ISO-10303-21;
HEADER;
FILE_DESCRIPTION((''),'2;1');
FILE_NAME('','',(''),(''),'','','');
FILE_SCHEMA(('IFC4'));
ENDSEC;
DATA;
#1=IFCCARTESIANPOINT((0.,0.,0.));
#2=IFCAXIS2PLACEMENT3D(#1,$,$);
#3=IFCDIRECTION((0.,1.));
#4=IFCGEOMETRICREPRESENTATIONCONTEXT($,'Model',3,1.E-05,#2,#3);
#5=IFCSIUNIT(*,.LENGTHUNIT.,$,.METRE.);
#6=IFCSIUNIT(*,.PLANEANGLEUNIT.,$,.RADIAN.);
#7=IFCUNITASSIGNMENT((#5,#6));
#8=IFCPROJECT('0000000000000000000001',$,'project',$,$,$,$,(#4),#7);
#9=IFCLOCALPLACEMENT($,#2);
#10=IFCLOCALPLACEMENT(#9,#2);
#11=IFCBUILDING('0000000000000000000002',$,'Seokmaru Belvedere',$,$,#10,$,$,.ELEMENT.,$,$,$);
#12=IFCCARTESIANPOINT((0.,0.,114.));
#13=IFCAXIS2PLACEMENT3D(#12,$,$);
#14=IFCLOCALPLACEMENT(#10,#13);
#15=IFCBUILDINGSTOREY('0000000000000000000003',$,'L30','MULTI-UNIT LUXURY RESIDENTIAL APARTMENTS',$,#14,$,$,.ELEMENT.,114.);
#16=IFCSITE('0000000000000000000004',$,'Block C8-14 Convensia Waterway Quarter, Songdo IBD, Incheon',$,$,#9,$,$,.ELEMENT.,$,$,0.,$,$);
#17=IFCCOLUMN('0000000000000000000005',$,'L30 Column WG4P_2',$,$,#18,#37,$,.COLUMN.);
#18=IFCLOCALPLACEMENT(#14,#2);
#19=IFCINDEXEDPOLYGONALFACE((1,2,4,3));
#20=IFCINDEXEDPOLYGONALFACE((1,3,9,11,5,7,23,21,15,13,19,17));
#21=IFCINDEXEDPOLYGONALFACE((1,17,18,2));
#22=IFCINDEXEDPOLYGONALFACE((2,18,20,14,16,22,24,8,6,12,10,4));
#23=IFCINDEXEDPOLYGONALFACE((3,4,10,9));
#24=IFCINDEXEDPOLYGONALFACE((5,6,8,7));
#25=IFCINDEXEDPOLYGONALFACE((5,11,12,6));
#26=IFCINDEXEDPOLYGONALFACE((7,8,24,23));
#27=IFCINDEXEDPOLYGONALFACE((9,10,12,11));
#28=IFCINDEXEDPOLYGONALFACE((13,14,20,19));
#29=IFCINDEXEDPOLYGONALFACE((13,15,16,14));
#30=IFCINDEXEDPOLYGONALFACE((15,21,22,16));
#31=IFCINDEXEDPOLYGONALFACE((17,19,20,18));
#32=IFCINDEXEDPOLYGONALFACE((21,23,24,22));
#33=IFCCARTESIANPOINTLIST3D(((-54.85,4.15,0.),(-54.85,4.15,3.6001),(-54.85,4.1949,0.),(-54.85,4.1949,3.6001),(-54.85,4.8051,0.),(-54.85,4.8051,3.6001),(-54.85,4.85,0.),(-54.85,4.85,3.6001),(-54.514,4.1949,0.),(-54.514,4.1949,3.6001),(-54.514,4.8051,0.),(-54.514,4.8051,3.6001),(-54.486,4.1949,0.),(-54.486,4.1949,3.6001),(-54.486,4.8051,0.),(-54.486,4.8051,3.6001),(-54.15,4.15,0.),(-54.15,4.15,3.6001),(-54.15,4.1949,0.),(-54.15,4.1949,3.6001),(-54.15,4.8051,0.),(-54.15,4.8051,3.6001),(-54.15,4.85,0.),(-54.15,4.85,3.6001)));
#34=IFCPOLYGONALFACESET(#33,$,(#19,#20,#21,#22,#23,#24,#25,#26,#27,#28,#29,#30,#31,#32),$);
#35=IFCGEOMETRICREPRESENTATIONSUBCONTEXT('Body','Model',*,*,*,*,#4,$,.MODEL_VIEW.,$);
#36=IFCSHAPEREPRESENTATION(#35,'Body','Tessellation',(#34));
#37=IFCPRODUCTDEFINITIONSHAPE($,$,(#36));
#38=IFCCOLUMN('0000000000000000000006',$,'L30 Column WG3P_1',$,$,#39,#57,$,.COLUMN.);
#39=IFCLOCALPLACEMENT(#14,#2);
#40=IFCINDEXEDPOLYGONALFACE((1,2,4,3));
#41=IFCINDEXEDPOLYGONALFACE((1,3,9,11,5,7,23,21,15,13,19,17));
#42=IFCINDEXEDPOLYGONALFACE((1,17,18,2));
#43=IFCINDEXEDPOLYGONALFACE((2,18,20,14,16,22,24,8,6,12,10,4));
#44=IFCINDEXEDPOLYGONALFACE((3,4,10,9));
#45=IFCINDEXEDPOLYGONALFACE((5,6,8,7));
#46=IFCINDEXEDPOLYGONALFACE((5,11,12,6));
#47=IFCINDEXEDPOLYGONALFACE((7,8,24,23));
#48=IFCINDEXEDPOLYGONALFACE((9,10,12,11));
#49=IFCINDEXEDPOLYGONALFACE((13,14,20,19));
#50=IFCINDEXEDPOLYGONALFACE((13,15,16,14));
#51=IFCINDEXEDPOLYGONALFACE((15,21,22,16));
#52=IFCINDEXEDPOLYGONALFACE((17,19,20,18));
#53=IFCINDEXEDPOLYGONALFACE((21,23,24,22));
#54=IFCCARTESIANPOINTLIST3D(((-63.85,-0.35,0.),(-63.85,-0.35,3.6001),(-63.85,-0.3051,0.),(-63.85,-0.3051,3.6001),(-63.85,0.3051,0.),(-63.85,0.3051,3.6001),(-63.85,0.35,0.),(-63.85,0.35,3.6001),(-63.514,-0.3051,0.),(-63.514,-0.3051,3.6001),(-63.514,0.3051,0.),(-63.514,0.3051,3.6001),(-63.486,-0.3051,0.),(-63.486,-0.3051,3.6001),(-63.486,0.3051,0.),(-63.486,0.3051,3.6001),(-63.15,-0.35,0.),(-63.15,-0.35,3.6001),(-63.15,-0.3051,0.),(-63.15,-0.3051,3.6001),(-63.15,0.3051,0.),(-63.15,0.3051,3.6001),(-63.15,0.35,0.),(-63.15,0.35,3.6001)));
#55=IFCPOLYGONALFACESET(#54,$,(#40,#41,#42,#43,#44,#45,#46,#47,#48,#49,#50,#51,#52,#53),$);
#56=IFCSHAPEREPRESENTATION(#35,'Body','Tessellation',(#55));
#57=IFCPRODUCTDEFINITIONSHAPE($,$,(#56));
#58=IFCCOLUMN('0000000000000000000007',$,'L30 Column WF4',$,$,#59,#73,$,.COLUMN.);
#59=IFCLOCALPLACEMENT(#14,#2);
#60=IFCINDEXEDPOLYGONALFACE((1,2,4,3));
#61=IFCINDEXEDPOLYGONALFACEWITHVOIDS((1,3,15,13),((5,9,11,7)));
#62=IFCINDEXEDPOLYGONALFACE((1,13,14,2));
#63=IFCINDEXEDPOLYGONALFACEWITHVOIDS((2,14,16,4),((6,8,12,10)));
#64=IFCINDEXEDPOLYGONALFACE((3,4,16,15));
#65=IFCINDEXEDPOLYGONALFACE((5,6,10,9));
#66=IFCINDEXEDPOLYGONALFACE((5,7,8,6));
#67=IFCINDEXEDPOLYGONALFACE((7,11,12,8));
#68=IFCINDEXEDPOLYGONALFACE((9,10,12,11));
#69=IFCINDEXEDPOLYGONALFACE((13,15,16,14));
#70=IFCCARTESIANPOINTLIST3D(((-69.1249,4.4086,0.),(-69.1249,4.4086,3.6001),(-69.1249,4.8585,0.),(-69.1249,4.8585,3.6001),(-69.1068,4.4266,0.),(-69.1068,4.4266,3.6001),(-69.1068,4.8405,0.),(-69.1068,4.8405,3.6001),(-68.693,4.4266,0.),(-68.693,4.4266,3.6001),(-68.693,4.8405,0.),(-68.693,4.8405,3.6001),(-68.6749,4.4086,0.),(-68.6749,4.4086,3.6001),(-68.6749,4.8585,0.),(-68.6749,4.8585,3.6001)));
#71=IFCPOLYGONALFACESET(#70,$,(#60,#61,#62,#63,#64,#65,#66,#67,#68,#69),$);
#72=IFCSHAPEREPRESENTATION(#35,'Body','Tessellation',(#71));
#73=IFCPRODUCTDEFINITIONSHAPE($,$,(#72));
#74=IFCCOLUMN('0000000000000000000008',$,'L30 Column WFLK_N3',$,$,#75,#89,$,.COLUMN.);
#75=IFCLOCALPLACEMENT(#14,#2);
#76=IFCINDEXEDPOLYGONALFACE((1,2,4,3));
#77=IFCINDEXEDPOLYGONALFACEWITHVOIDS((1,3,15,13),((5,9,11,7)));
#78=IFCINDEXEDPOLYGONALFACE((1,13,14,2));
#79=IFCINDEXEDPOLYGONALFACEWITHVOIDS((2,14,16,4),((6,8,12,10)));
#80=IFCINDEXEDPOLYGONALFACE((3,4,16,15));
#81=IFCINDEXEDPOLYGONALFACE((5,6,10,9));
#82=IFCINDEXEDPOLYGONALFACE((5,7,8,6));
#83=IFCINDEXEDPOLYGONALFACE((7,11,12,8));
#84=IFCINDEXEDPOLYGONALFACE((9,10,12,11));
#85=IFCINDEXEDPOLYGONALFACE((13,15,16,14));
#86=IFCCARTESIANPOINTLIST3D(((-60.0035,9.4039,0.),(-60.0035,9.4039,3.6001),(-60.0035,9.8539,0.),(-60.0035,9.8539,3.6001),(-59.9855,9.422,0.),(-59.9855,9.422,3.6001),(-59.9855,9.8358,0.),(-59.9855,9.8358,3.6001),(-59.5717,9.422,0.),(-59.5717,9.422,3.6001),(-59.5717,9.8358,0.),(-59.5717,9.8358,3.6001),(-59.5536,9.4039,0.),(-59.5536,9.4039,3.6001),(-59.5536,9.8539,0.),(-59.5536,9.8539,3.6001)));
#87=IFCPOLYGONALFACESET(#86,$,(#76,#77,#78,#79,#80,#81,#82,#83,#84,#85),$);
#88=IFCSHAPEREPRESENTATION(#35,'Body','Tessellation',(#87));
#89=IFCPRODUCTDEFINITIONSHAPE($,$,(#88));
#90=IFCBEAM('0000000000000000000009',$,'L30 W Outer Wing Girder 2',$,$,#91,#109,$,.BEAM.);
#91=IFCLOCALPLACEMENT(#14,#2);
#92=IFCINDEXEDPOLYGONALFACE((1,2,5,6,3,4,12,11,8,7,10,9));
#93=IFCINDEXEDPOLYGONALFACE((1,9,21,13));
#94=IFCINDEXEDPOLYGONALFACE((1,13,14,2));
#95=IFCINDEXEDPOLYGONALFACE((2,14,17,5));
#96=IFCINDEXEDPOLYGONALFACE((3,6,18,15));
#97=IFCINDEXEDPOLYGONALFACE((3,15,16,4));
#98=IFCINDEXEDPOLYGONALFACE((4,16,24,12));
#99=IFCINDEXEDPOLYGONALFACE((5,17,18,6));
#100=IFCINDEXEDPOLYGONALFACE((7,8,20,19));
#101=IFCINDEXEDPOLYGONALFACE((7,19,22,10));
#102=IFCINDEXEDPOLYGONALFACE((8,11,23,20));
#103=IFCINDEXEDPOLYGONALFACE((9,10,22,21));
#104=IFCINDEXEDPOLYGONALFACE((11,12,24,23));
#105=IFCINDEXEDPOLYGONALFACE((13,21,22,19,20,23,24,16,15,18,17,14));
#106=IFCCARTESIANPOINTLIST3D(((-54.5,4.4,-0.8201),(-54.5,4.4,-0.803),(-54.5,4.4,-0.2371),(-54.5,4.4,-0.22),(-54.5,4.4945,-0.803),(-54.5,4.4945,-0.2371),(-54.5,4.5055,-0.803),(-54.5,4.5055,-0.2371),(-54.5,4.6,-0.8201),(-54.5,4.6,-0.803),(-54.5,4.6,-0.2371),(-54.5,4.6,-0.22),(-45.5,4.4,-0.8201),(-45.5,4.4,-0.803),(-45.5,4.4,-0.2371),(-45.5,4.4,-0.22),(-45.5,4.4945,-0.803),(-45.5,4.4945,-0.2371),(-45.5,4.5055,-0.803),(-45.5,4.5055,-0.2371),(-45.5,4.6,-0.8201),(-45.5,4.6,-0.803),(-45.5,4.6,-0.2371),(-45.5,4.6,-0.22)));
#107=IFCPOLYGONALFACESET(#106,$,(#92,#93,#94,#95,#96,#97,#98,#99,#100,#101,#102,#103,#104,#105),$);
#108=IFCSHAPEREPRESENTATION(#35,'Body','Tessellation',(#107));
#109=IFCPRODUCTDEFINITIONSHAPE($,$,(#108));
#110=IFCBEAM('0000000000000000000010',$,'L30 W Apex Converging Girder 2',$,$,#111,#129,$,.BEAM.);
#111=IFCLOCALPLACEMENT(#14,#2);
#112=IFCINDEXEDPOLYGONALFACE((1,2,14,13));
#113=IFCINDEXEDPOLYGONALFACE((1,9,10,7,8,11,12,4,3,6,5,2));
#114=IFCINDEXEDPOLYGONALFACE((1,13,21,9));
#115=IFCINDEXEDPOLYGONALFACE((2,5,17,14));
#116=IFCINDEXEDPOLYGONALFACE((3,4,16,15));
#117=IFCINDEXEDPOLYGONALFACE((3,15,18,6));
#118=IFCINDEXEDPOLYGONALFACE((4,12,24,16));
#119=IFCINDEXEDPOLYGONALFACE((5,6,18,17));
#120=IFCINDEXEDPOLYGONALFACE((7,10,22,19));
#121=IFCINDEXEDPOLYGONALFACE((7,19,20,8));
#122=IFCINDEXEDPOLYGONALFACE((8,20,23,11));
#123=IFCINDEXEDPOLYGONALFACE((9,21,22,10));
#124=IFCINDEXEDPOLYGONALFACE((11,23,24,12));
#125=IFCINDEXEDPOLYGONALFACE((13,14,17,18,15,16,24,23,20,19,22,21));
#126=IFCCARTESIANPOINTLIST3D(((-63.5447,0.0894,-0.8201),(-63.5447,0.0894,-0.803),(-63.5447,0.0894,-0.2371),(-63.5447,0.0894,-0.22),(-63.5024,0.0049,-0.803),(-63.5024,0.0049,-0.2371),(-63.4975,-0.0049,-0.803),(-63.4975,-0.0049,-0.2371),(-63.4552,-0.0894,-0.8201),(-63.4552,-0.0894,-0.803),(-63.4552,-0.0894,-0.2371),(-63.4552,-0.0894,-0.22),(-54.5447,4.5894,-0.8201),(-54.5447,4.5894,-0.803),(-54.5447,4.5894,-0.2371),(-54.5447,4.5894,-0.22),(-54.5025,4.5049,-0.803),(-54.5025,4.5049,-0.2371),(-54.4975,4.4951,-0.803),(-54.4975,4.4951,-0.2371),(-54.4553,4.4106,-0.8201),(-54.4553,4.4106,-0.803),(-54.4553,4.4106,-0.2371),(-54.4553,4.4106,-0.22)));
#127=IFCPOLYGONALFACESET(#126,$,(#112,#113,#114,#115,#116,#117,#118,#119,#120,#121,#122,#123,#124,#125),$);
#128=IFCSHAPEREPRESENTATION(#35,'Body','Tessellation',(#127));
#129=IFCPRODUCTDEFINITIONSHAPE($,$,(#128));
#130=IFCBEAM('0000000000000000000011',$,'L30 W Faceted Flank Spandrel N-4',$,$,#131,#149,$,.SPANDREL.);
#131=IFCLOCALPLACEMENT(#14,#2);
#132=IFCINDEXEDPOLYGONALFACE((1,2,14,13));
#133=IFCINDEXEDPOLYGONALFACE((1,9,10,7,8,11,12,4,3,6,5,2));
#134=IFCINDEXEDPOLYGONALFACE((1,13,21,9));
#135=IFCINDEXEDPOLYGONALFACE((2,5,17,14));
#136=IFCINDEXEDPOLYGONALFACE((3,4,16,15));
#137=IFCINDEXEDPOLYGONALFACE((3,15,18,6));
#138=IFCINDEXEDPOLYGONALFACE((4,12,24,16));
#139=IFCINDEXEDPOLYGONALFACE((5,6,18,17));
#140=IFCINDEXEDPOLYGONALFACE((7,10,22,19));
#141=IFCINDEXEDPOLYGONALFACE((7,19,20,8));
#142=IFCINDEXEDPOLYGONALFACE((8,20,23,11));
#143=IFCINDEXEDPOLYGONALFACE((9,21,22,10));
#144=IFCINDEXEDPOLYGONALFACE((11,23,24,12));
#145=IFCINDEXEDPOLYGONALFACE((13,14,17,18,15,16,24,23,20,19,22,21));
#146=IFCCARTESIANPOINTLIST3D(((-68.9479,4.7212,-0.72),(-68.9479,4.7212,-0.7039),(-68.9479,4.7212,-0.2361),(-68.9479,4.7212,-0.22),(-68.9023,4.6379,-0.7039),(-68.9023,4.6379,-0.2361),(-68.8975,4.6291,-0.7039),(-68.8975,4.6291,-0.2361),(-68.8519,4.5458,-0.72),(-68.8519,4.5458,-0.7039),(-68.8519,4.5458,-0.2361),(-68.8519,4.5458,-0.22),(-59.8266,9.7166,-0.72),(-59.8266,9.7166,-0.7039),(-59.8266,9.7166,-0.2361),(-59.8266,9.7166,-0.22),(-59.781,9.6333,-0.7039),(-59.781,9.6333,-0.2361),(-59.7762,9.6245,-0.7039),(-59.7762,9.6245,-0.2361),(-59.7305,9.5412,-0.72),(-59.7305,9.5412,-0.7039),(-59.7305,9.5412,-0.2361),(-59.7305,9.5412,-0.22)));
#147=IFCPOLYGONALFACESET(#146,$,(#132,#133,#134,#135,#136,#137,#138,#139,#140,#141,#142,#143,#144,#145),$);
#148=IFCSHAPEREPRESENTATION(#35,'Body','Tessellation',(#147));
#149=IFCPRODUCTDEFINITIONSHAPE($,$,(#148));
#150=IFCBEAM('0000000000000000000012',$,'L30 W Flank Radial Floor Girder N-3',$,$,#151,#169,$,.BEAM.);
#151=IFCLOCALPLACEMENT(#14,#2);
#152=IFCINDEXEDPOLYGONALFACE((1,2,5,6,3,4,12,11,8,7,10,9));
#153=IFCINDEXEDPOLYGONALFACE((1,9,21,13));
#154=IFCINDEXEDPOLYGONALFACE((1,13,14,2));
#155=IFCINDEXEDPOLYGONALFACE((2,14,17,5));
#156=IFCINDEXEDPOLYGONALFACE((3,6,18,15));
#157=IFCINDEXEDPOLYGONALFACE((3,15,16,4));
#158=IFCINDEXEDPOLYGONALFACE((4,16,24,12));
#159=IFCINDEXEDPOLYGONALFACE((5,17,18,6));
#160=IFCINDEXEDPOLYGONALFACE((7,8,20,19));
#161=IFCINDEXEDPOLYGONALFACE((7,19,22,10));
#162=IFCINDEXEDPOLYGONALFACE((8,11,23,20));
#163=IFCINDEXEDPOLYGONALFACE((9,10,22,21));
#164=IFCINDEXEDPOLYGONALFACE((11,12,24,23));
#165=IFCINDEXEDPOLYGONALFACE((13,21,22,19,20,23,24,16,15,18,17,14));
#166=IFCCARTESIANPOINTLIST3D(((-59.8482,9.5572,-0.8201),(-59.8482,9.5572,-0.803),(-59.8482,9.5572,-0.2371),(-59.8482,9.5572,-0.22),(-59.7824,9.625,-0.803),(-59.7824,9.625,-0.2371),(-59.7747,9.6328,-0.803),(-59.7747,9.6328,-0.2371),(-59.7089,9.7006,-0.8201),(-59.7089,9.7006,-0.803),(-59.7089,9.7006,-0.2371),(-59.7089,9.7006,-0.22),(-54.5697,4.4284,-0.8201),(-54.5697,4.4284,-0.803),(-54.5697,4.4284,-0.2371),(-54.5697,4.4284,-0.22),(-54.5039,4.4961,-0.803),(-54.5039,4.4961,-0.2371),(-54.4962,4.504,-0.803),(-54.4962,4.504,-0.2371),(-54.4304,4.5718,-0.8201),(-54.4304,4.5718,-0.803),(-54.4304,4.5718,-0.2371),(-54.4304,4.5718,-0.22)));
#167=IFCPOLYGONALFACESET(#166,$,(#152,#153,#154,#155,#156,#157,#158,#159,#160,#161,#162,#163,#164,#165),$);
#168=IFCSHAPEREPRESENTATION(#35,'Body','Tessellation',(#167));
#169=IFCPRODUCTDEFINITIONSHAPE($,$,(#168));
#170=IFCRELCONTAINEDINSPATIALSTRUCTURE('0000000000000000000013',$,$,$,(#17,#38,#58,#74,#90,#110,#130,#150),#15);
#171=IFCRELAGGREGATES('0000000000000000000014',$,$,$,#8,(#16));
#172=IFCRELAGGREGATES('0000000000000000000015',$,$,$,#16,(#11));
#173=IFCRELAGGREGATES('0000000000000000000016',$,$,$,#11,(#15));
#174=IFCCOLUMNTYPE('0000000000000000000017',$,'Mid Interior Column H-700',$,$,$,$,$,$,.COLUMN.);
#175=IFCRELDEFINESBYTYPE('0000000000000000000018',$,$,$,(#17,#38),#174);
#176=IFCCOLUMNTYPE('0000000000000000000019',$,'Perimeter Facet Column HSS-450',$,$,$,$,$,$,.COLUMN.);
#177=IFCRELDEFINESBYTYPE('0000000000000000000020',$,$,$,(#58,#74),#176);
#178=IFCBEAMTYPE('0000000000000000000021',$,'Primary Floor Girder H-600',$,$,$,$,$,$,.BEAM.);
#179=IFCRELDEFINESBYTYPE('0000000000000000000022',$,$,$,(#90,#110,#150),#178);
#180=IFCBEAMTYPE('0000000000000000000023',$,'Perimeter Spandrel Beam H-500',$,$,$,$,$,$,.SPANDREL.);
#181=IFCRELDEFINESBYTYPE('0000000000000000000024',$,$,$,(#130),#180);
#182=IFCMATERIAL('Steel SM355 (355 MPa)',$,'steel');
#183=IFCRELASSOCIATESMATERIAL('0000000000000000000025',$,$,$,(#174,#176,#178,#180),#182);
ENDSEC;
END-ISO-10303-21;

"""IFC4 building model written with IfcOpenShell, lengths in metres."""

from ifc_helpers import new_model, si_unit, direction, frame, origin, origin_2d, place, context, subcontext, project, spatial, hollow_rectangle, i_section, extrude, source, transform, mapped, material, material_profile, profile_set, type_object, type_shapes, element, save


model = new_model("IFC4")

# Units and contexts
model_context = context("Model", 3, precision=1e-05, world=origin(), true_north=direction((0.0, 1.0)))
body_context = subcontext(model_context, "Body", "Model", "MODEL_VIEW")
ifc_project = project(units=[si_unit("LENGTHUNIT", "METRE"), si_unit("PLANEANGLEUNIT", "RADIAN")], contexts=[model_context])

# Site, building, storey
site_placement = place(None, origin())
site = spatial("IfcSite", under=ifc_project, at=site_placement, Name="Block C8-14 Convensia Waterway Quarter, Songdo IBD, Incheon", CompositionType="ELEMENT", RefElevation=0.0)
building_placement = place(site_placement, origin())
building = spatial("IfcBuilding", under=site, at=building_placement, Name="Seokmaru Belvedere", CompositionType="ELEMENT")
storey_placement = place(building_placement, frame((0.0, 0.0, 114.0)))
storey = spatial("IfcBuildingStorey", under=building, at=storey_placement, Name="L30", Description="MULTI-UNIT LUXURY RESIDENTIAL APARTMENTS", CompositionType="ELEMENT", Elevation=114.0)

# Columns
ifc_material_1 = material(Name="Steel SM355 (355 MPa)", Category="steel")
ifc_material_profile_1 = material_profile(ifc_material_1, i_section(OverallWidth=0.7, OverallDepth=0.7, WebThickness=0.0281, FlangeThickness=0.0449, at=origin_2d()), Name="H-700x700x28x45")
ifc_profile_set_1 = profile_set([ifc_material_profile_1], Name="Steel SM355 (355 MPa)")
column_type_1 = type_object("IfcColumnType", Name="Mid Interior Column H-700", PredefinedType="COLUMN", material=ifc_profile_set_1)
shared_shape_1 = source(origin(), body_context, "Body", "SweptSolid", [
    extrude(i_section(OverallWidth=0.7, OverallDepth=0.7, WebThickness=0.0281, FlangeThickness=0.0449, at=origin_2d()), origin(), (0.0, 0.0, 1.0), 3.6001),
])
type_shapes(column_type_1, [shared_shape_1])
for number, where, z_axis, x_axis, name in (
    (1, (-54.5, 4.5, 0.0), (0.0, 0.0, 1.0), (1.0, 0.0, 0.0), "L30 Column WG4P_2"),
    (2, (-63.5, 0.0, 0.0), (0.0, 0.0, 1.0), (1.0, 0.0, 0.0), "L30 Column WG3P_1"),
):
    element("IfcColumn", number, at=place(storey_placement, frame(where, z_axis=z_axis, x_axis=x_axis)), inside=storey, type_object=column_type_1, Name=name, PredefinedType="COLUMN", context=body_context, shape_type="MappedRepresentation", body=[
        mapped(shared_shape_1, transform((0.0, 0.0, 0.0), scale=1.0)),
    ])
ifc_material_profile_2 = material_profile(ifc_material_1, hollow_rectangle(XDim=0.45, YDim=0.45, WallThickness=0.0181, at=origin_2d()), Name="HSS-450x450x18")
ifc_profile_set_2 = profile_set([ifc_material_profile_2], Name="Steel SM355 (355 MPa)")
column_type_2 = type_object("IfcColumnType", Name="Perimeter Facet Column HSS-450", PredefinedType="COLUMN", material=ifc_profile_set_2)
shared_shape_2 = source(origin(), body_context, "Body", "SweptSolid", [
    extrude(hollow_rectangle(XDim=0.45, YDim=0.45, WallThickness=0.0181, at=origin_2d()), origin(), (0.0, 0.0, 1.0), 3.6001),
])
type_shapes(column_type_2, [shared_shape_2])
for number, where, z_axis, x_axis, name in (
    (3, (-68.8999, 4.6335, 0.0), (0.0, 0.0, 1.0), (1.0, 0.0, 0.0), "L30 Column WF4"),
    (4, (-59.7786, 9.6289, 0.0), (0.0, 0.0, 1.0), (1.0, 0.0, 0.0), "L30 Column WFLK_N3"),
):
    element("IfcColumn", number, at=place(storey_placement, frame(where, z_axis=z_axis, x_axis=x_axis)), inside=storey, type_object=column_type_2, Name=name, PredefinedType="COLUMN", context=body_context, shape_type="MappedRepresentation", body=[
        mapped(shared_shape_2, transform((0.0, 0.0, 0.0), scale=1.0)),
    ])

# Beams
ifc_material_profile_3 = material_profile(ifc_material_1, i_section(OverallWidth=0.2, OverallDepth=0.6001, WebThickness=0.011, FlangeThickness=0.0171, at=origin_2d()), Name="H-600x200x11x17")
ifc_profile_set_3 = profile_set([ifc_material_profile_3], Name="Steel SM355 (355 MPa)")
beam_type_1 = type_object("IfcBeamType", Name="Primary Floor Girder H-600", PredefinedType="BEAM", material=ifc_profile_set_3)
shared_shape_3 = source(origin(), body_context, "Body", "SweptSolid", [
    extrude(i_section(OverallWidth=0.2, OverallDepth=0.6001, WebThickness=0.011, FlangeThickness=0.0171, at=origin_2d()), origin(), (0.0, 0.0, 1.0), 9.0),
])
beam_1_placement = place(storey_placement, frame((-54.5, 4.5, -0.52), z_axis=(1.0, 0.0, 0.0), x_axis=(0.0, 1.0, 0.0)))
element("IfcBeam", 5, at=beam_1_placement, inside=storey, type_object=beam_type_1, Name="L30 W Outer Wing Girder 2", PredefinedType="BEAM", context=body_context, shape_type="MappedRepresentation", body=[
    mapped(shared_shape_3, transform((0.0, 0.0, 0.0), scale=1.0)),
])
shared_shape_4 = source(origin(), body_context, "Body", "SweptSolid", [
    extrude(i_section(OverallWidth=0.2, OverallDepth=0.6001, WebThickness=0.011, FlangeThickness=0.0171, at=origin_2d()), origin(), (0.0, 0.0, 1.0), 10.0623),
])
beam_2_placement = place(storey_placement, frame((-54.5, 4.5, -0.52), z_axis=(-0.894427, -0.447214, 0.0), x_axis=(0.447214, -0.894427, 0.0)))
element("IfcBeam", 6, at=beam_2_placement, inside=storey, type_object=beam_type_1, Name="L30 W Apex Converging Girder 2", PredefinedType="BEAM", context=body_context, shape_type="MappedRepresentation", body=[
    mapped(shared_shape_4, transform((0.0, 0.0, 0.0), scale=1.0)),
])
ifc_material_profile_4 = material_profile(ifc_material_1, i_section(OverallWidth=0.2, OverallDepth=0.5, WebThickness=0.01, FlangeThickness=0.0161, at=origin_2d()), Name="H-500x200x10x16")
ifc_profile_set_4 = profile_set([ifc_material_profile_4], Name="Steel SM355 (355 MPa)")
beam_type_2 = type_object("IfcBeamType", Name="Perimeter Spandrel Beam H-500", PredefinedType="SPANDREL", material=ifc_profile_set_4)
shared_shape_5 = source(origin(), body_context, "Body", "SweptSolid", [
    extrude(i_section(OverallWidth=0.2, OverallDepth=0.5, WebThickness=0.01, FlangeThickness=0.0161, at=origin_2d()), origin(), (0.0, 0.0, 1.0), 10.3997),
])
type_shapes(beam_type_2, [shared_shape_5])
beam_3_placement = place(storey_placement, frame((-59.7786, 9.6289, -0.47), z_axis=(-0.877082, -0.48034, 0.0), x_axis=(0.48034, -0.877082, 0.0)))
element("IfcBeam", 7, at=beam_3_placement, inside=storey, type_object=beam_type_2, Name="L30 W Faceted Flank Spandrel N-4", PredefinedType="SPANDREL", context=body_context, shape_type="MappedRepresentation", body=[
    mapped(shared_shape_5, transform((0.0, 0.0, 0.0), scale=1.0)),
])
shared_shape_6 = source(origin(), body_context, "Body", "SweptSolid", [
    extrude(i_section(OverallWidth=0.2, OverallDepth=0.6001, WebThickness=0.011, FlangeThickness=0.0171, at=origin_2d()), origin(), (0.0, 0.0, 1.0), 7.3599),
])
beam_4_placement = place(storey_placement, frame((-59.7786, 9.6289, -0.52), z_axis=(0.717201, -0.696867, 0.0), x_axis=(0.696867, 0.717201, 0.0)))
element("IfcBeam", 8, at=beam_4_placement, inside=storey, type_object=beam_type_1, Name="L30 W Flank Radial Floor Girder N-3", PredefinedType="BEAM", context=body_context, shape_type="MappedRepresentation", body=[
    mapped(shared_shape_6, transform((0.0, 0.0, 0.0), scale=1.0)),
])

save(model, "model.ifc")
